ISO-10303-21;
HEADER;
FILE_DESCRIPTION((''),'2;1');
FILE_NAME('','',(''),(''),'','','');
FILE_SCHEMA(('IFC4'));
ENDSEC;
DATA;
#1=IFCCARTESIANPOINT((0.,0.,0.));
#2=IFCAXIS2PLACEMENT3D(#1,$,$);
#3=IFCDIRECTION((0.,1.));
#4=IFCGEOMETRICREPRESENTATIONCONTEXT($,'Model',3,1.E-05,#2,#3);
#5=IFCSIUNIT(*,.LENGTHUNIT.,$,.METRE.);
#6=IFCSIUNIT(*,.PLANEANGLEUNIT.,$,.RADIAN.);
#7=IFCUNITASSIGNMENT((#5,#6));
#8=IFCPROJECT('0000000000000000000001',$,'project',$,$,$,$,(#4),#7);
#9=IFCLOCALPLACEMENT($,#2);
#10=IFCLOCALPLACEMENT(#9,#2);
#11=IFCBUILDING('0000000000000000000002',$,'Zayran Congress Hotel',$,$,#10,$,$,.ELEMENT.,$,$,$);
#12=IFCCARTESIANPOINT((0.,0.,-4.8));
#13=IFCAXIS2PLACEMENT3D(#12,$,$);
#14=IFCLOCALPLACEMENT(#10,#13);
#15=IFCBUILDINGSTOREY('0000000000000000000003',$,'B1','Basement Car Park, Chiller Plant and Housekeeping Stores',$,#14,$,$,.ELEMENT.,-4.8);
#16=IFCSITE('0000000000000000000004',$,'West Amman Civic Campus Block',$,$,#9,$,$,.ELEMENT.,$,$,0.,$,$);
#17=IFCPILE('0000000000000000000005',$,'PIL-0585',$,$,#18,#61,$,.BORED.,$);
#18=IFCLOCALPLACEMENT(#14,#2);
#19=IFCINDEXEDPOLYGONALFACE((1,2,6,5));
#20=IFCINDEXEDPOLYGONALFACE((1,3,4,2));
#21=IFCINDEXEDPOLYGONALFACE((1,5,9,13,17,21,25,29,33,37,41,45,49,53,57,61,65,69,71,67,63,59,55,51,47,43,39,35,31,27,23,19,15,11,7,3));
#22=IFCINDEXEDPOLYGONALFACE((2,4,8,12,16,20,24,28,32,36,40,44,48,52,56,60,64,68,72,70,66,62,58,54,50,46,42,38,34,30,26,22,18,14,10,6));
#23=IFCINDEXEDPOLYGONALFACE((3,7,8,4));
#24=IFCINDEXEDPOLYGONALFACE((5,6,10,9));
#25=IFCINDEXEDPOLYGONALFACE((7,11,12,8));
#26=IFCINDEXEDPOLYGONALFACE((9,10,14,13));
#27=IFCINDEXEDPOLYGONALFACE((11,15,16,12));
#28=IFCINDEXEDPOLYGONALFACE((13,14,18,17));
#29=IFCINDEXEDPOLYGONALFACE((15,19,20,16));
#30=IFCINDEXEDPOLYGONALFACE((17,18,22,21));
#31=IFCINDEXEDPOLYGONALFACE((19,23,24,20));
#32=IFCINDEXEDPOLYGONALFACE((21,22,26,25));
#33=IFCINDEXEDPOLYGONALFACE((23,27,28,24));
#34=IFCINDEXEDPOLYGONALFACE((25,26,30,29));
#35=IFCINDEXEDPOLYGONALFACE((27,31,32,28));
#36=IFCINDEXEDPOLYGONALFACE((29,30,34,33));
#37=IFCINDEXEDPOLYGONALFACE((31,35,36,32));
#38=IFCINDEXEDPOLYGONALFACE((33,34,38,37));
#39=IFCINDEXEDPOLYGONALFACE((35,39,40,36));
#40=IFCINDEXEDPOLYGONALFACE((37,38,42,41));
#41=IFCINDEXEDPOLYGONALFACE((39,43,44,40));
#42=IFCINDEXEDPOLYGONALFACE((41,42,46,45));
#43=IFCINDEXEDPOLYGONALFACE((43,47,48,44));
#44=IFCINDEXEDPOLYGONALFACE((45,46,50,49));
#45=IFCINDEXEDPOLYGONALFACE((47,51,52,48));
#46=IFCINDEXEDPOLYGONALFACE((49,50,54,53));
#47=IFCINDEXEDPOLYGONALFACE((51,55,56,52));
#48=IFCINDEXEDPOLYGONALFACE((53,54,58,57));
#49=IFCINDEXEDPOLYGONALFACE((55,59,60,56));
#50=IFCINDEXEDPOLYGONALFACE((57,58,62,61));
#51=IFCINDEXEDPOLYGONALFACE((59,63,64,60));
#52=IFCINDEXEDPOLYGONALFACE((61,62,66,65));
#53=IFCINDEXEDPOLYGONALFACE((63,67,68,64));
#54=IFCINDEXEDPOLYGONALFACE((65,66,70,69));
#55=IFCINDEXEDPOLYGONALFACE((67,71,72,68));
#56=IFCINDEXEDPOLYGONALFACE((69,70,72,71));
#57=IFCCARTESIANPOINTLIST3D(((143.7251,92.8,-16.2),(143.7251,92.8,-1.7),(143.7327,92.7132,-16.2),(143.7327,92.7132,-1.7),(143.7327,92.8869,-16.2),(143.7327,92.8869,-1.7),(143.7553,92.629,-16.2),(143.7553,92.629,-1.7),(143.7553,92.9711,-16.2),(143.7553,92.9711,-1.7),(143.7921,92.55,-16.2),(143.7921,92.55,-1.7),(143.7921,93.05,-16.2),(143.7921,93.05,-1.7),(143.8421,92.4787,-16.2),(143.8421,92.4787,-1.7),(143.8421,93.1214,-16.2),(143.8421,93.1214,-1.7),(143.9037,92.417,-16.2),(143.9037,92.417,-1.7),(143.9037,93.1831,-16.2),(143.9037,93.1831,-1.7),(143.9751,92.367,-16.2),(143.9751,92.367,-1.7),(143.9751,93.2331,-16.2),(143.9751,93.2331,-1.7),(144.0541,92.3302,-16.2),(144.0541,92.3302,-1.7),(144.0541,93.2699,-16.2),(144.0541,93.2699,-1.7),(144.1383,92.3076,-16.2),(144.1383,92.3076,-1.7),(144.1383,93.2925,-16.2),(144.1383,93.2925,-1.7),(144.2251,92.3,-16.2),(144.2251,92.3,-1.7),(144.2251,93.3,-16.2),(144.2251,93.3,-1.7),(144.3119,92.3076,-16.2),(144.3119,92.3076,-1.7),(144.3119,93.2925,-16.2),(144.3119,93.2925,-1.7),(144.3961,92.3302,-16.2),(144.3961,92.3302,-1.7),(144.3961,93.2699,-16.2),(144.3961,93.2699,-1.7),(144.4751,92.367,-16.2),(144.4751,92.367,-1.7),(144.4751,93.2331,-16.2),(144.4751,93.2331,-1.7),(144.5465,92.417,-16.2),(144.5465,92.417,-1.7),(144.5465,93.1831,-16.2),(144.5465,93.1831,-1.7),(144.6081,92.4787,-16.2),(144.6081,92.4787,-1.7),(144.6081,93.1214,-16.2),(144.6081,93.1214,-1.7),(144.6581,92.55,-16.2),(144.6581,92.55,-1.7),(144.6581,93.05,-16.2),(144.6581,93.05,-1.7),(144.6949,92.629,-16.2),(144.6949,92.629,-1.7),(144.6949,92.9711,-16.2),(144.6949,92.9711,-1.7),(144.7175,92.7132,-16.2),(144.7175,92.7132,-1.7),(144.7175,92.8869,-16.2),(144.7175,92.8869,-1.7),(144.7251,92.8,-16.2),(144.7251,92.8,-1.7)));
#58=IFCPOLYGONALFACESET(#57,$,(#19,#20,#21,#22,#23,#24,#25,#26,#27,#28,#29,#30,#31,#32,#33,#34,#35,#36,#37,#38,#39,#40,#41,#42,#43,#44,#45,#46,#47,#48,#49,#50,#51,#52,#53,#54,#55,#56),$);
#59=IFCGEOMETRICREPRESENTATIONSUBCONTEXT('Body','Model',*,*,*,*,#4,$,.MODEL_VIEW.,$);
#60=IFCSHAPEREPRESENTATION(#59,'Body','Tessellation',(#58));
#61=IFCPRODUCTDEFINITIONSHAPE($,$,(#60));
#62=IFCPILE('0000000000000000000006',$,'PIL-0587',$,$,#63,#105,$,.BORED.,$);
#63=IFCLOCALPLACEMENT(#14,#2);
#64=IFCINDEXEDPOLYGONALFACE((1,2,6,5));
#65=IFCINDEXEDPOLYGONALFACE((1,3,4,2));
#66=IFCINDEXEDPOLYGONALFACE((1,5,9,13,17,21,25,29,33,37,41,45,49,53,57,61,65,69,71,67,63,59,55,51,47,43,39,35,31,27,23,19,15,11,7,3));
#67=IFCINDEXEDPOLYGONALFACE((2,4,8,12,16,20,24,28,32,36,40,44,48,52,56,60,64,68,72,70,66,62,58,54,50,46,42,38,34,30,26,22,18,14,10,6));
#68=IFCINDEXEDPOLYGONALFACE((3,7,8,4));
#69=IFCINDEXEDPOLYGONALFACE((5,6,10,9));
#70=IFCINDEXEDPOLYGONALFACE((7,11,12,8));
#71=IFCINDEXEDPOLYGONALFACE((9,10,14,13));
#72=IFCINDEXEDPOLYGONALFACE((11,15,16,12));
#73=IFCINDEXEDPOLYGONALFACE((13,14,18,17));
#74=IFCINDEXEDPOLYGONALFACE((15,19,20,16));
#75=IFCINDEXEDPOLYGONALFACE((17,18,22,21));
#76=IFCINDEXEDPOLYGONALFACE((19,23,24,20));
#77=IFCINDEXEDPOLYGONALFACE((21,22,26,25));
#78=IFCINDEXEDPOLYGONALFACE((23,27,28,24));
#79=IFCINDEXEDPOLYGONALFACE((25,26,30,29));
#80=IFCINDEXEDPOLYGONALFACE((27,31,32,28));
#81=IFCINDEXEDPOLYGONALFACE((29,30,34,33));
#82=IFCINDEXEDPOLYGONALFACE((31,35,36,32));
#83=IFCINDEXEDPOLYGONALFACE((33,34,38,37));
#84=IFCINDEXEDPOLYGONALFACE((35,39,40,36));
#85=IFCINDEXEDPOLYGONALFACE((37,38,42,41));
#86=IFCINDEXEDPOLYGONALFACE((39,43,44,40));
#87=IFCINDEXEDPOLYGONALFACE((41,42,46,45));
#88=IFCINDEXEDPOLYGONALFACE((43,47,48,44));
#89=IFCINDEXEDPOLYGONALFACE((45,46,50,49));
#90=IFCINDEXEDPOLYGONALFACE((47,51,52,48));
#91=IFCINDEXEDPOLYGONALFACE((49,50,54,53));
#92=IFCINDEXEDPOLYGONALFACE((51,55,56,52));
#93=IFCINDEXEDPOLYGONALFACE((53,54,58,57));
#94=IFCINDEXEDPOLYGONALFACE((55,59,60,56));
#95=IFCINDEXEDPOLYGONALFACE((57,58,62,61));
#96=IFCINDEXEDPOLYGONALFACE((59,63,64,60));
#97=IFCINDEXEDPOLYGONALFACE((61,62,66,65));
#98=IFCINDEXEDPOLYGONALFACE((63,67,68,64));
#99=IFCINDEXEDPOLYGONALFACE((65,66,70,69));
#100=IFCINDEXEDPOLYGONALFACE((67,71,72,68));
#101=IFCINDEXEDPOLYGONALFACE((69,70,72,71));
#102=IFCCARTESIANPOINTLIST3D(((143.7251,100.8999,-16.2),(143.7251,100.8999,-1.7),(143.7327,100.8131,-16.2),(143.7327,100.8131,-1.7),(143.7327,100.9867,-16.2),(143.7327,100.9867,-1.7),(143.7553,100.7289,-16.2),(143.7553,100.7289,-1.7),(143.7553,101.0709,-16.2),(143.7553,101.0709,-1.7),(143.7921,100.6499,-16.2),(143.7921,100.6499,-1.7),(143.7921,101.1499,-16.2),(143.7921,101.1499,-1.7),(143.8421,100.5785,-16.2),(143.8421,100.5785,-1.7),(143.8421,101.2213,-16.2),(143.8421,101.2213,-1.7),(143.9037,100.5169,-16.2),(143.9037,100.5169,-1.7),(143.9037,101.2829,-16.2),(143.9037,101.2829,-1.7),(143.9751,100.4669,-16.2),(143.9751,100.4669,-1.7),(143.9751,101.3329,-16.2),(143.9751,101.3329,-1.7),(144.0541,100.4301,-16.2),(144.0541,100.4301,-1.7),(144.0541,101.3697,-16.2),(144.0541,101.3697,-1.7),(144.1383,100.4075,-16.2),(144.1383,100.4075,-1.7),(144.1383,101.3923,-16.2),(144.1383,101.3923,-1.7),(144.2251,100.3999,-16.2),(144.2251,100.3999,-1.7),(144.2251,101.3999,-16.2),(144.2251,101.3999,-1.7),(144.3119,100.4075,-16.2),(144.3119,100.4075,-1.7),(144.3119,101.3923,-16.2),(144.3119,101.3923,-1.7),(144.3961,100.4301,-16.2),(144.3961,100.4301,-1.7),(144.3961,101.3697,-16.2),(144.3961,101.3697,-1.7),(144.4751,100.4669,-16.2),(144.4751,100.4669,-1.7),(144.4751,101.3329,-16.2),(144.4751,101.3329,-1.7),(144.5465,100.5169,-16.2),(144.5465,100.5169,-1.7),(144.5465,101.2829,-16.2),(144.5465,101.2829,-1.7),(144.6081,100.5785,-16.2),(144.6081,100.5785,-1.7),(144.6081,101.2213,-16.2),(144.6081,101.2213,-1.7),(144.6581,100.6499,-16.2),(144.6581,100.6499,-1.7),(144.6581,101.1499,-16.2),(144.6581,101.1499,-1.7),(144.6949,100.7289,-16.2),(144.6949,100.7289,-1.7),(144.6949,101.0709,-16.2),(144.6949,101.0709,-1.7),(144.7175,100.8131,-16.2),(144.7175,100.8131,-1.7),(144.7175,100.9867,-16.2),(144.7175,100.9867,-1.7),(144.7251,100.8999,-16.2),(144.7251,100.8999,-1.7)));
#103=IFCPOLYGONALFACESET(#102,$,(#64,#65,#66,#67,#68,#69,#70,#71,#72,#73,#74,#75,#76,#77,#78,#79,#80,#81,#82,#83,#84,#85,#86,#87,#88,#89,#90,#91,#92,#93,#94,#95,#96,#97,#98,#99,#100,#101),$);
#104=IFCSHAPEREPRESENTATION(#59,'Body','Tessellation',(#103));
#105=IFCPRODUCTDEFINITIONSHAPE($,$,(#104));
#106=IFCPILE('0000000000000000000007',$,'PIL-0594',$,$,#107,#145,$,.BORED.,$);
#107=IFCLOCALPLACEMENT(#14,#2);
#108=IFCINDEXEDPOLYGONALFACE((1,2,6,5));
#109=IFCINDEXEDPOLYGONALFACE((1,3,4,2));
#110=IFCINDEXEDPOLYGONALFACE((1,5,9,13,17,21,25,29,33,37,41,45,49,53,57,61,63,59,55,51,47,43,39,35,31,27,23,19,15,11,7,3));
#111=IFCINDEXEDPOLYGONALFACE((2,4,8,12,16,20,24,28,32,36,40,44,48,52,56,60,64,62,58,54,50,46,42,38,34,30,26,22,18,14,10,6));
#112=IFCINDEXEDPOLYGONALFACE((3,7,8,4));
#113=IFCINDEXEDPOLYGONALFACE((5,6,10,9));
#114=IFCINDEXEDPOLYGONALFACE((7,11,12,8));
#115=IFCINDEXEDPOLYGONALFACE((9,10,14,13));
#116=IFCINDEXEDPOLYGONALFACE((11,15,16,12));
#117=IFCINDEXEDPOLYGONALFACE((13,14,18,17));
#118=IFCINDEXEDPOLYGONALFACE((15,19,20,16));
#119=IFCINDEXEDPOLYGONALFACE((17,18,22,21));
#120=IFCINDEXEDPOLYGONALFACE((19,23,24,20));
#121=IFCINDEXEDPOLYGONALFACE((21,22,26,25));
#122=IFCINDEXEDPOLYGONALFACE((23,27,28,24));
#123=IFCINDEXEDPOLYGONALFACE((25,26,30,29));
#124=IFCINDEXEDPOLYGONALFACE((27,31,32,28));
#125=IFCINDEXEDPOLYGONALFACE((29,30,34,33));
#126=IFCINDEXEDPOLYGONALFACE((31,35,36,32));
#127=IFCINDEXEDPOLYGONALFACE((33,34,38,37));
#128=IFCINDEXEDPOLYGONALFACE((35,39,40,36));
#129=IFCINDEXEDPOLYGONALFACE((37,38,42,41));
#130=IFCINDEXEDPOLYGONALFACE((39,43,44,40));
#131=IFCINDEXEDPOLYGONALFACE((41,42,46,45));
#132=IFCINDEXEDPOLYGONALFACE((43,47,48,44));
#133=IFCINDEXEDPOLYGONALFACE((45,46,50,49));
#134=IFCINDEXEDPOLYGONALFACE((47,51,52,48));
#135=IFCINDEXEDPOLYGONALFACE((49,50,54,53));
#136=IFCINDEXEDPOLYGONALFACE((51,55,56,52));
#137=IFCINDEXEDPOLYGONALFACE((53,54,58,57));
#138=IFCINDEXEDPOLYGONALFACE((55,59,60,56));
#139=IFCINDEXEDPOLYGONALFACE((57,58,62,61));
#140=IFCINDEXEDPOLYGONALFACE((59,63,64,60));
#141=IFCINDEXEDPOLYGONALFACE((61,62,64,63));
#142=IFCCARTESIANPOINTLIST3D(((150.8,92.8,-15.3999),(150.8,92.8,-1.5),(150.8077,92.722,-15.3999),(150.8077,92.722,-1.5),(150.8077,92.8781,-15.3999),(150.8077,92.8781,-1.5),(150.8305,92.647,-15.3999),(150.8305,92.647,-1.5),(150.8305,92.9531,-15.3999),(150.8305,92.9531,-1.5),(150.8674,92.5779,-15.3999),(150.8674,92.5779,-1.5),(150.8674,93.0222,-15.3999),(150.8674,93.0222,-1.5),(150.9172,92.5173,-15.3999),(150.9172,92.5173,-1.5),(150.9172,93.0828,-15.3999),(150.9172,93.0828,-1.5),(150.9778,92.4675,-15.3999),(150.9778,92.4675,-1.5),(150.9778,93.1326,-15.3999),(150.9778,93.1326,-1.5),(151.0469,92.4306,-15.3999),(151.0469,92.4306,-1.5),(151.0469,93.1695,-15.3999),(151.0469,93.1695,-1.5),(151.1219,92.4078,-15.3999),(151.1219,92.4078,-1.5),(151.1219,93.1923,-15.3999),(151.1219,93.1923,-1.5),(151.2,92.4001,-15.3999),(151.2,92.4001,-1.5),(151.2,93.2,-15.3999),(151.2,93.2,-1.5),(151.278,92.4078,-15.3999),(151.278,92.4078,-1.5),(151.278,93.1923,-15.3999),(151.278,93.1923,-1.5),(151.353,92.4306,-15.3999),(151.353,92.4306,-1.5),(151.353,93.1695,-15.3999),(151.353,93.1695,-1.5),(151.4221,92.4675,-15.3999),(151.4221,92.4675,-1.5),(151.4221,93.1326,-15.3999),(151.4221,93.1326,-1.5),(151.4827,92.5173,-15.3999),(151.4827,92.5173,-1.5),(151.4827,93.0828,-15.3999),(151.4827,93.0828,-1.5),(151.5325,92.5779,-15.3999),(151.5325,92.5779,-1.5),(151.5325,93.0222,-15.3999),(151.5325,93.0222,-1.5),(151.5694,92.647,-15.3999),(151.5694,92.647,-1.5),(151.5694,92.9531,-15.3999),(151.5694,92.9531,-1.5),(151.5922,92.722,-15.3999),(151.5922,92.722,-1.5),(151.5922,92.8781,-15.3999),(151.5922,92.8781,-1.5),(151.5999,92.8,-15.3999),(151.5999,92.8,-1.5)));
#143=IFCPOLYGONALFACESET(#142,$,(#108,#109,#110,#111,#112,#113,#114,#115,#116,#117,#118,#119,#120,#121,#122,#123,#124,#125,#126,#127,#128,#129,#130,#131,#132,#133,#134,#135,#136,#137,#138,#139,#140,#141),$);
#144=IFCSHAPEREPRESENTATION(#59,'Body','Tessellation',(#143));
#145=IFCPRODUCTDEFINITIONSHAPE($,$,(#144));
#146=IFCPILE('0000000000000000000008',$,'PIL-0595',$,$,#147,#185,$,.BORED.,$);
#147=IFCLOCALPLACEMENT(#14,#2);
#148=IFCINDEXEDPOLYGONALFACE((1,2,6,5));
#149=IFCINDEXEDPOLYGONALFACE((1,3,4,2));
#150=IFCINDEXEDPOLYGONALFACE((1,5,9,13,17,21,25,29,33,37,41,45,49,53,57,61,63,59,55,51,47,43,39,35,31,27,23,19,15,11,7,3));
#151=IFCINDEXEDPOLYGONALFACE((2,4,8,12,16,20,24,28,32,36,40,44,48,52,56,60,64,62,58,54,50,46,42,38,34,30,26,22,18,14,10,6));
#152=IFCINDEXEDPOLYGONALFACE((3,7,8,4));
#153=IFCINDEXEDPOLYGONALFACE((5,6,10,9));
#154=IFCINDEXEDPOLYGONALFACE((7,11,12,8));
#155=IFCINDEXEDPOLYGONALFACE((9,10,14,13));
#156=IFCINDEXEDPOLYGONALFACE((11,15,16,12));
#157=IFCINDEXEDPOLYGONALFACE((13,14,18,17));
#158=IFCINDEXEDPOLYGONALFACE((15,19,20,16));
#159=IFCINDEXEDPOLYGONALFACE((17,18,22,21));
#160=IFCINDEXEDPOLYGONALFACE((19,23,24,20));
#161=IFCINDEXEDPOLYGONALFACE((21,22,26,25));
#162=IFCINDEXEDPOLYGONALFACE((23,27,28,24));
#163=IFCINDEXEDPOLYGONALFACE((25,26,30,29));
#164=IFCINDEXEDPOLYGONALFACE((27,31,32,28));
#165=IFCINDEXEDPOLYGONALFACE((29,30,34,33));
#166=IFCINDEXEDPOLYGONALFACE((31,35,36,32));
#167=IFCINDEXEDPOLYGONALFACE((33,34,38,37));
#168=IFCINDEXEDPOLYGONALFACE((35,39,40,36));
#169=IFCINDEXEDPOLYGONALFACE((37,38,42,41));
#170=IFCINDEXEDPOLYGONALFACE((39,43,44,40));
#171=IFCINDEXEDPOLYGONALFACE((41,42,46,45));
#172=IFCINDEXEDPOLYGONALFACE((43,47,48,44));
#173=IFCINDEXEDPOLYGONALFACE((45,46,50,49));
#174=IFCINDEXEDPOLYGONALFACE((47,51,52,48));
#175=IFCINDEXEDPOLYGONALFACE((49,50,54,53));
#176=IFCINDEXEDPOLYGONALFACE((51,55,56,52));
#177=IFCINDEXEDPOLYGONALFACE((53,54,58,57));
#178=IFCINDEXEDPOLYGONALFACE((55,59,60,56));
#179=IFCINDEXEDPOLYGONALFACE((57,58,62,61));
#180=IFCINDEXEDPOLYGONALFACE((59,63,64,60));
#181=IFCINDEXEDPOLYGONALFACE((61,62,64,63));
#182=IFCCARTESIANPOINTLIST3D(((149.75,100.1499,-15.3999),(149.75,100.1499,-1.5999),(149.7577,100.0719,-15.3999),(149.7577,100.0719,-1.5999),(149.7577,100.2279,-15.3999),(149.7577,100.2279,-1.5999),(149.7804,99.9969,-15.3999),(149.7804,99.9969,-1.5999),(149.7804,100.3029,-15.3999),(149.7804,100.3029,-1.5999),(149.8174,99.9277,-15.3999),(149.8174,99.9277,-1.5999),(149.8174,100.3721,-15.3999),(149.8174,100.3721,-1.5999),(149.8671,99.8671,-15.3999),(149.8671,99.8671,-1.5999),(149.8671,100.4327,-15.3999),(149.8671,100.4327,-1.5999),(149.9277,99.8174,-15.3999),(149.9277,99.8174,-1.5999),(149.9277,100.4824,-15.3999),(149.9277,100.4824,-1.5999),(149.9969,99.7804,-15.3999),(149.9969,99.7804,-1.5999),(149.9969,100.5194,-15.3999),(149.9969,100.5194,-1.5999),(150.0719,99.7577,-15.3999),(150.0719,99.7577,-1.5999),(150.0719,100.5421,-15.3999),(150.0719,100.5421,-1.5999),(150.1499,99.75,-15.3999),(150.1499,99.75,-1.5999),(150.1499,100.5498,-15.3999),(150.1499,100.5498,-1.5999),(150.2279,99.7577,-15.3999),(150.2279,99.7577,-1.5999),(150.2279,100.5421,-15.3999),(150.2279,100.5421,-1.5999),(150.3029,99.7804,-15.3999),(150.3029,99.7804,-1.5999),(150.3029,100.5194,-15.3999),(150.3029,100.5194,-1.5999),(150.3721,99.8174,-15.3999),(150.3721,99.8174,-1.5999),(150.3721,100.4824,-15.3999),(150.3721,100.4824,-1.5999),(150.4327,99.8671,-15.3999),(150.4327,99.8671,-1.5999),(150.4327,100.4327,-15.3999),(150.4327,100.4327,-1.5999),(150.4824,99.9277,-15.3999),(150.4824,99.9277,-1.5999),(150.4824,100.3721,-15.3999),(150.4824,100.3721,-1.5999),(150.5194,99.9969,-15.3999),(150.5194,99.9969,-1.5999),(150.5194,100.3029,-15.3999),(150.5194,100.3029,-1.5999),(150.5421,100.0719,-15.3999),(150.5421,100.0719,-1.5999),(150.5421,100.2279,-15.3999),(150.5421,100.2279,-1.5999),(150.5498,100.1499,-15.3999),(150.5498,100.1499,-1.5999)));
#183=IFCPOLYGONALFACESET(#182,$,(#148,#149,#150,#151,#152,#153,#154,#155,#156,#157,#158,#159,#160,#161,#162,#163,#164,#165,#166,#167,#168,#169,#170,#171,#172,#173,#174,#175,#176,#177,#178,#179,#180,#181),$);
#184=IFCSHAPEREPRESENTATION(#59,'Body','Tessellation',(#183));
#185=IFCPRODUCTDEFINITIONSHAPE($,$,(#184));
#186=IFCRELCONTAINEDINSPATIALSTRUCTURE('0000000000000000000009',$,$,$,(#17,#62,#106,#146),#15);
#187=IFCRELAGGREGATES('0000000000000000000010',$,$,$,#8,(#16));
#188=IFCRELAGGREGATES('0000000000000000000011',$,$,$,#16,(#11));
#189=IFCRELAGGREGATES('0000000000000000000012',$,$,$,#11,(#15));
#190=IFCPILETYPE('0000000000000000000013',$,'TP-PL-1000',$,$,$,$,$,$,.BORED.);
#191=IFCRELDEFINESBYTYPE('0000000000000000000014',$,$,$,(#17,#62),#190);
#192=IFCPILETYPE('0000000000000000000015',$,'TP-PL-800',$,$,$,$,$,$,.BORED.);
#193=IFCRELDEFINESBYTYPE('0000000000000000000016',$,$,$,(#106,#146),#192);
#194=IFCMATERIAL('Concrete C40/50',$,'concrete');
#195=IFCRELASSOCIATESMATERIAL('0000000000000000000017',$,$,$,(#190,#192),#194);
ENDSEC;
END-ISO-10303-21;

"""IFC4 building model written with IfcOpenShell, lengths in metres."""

from ifc_helpers import new_model, si_unit, direction, frame, origin, origin_2d, place, context, subcontext, project, spatial, circle, extrude, material, material_profile, profile_set, type_object, element, save


model = new_model("IFC4")

# Units and contexts
model_context = context("Model", 3, precision=1e-05, world=origin(), true_north=direction((0.0, 1.0)))
body_context = subcontext(model_context, "Body", "Model", "MODEL_VIEW")
ifc_project = project(units=[si_unit("LENGTHUNIT", "METRE"), si_unit("PLANEANGLEUNIT", "RADIAN")], contexts=[model_context])

# Site, building, storey
site_placement = place(None, origin())
site = spatial("IfcSite", under=ifc_project, at=site_placement, Name="West Amman Civic Campus Block", CompositionType="ELEMENT", RefElevation=0.0)
building_placement = place(site_placement, origin())
building = spatial("IfcBuilding", under=site, at=building_placement, Name="Zayran Congress Hotel", CompositionType="ELEMENT")
storey_placement = place(building_placement, frame((0.0, 0.0, -4.8)))
storey = spatial("IfcBuildingStorey", under=building, at=storey_placement, Name="B1", Description="Basement Car Park, Chiller Plant and Housekeeping Stores", CompositionType="ELEMENT", Elevation=-4.8)

# Piles
ifc_material_1 = material(Name="Concrete C40/50", Category="concrete")
ifc_material_profile_1 = material_profile(ifc_material_1, circle(Radius=0.5, at=origin_2d()), Name="PILE D1000")
ifc_profile_set_1 = profile_set([ifc_material_profile_1], Name="Concrete C40/50")
pile_type_1 = type_object("IfcPileType", Name="TP-PL-1000", PredefinedType="BORED", material=ifc_profile_set_1)
for number, where, z_axis, x_axis, name in (
    (1, (144.2251, 92.8, -1.7), (0.0, 0.0, -1.0), (1.0, 0.0, 0.0), "PIL-0585"),
    (2, (144.2251, 100.8999, -1.7), (0.0, 0.0, -1.0), (1.0, 0.0, 0.0), "PIL-0587"),
):
    element("IfcPile", number, at=place(storey_placement, frame(where, z_axis=z_axis, x_axis=x_axis)), inside=storey, type_object=pile_type_1, Name=name, PredefinedType="BORED", context=body_context, shape_type="SweptSolid", body=[
        extrude(circle(Radius=0.5, at=origin_2d()), origin(), (0.0, 0.0, 1.0), 14.5),
    ])
ifc_material_profile_2 = material_profile(ifc_material_1, circle(Radius=0.3999, at=origin_2d()), Name="PILE D800")
ifc_profile_set_2 = profile_set([ifc_material_profile_2], Name="Concrete C40/50")
pile_type_2 = type_object("IfcPileType", Name="TP-PL-800", PredefinedType="BORED", material=ifc_profile_set_2)
pile_placement = place(storey_placement, frame((151.2, 92.8, -1.5), z_axis=(0.0, 0.0, -1.0), x_axis=(1.0, 0.0, 0.0)))
element("IfcPile", 3, at=pile_placement, inside=storey, type_object=pile_type_2, Name="PIL-0594", PredefinedType="BORED", context=body_context, shape_type="SweptSolid", body=[
    extrude(circle(Radius=0.3999, at=origin_2d()), origin(), (0.0, 0.0, 1.0), 13.8999),
])
for number, where, z_axis, x_axis, name in (
    (4, (150.1499, 100.1499, -1.5999), (0.0, 0.0, -1.0), (1.0, 0.0, 0.0), "PIL-0595"),
):
    element("IfcPile", number, at=place(storey_placement, frame(where, z_axis=z_axis, x_axis=x_axis)), inside=storey, type_object=pile_type_2, Name=name, PredefinedType="BORED", context=body_context, shape_type="SweptSolid", body=[
        extrude(circle(Radius=0.3999, at=origin_2d()), origin(), (0.0, 0.0, 1.0), 13.8),
    ])

save(model, "model.ifc")
